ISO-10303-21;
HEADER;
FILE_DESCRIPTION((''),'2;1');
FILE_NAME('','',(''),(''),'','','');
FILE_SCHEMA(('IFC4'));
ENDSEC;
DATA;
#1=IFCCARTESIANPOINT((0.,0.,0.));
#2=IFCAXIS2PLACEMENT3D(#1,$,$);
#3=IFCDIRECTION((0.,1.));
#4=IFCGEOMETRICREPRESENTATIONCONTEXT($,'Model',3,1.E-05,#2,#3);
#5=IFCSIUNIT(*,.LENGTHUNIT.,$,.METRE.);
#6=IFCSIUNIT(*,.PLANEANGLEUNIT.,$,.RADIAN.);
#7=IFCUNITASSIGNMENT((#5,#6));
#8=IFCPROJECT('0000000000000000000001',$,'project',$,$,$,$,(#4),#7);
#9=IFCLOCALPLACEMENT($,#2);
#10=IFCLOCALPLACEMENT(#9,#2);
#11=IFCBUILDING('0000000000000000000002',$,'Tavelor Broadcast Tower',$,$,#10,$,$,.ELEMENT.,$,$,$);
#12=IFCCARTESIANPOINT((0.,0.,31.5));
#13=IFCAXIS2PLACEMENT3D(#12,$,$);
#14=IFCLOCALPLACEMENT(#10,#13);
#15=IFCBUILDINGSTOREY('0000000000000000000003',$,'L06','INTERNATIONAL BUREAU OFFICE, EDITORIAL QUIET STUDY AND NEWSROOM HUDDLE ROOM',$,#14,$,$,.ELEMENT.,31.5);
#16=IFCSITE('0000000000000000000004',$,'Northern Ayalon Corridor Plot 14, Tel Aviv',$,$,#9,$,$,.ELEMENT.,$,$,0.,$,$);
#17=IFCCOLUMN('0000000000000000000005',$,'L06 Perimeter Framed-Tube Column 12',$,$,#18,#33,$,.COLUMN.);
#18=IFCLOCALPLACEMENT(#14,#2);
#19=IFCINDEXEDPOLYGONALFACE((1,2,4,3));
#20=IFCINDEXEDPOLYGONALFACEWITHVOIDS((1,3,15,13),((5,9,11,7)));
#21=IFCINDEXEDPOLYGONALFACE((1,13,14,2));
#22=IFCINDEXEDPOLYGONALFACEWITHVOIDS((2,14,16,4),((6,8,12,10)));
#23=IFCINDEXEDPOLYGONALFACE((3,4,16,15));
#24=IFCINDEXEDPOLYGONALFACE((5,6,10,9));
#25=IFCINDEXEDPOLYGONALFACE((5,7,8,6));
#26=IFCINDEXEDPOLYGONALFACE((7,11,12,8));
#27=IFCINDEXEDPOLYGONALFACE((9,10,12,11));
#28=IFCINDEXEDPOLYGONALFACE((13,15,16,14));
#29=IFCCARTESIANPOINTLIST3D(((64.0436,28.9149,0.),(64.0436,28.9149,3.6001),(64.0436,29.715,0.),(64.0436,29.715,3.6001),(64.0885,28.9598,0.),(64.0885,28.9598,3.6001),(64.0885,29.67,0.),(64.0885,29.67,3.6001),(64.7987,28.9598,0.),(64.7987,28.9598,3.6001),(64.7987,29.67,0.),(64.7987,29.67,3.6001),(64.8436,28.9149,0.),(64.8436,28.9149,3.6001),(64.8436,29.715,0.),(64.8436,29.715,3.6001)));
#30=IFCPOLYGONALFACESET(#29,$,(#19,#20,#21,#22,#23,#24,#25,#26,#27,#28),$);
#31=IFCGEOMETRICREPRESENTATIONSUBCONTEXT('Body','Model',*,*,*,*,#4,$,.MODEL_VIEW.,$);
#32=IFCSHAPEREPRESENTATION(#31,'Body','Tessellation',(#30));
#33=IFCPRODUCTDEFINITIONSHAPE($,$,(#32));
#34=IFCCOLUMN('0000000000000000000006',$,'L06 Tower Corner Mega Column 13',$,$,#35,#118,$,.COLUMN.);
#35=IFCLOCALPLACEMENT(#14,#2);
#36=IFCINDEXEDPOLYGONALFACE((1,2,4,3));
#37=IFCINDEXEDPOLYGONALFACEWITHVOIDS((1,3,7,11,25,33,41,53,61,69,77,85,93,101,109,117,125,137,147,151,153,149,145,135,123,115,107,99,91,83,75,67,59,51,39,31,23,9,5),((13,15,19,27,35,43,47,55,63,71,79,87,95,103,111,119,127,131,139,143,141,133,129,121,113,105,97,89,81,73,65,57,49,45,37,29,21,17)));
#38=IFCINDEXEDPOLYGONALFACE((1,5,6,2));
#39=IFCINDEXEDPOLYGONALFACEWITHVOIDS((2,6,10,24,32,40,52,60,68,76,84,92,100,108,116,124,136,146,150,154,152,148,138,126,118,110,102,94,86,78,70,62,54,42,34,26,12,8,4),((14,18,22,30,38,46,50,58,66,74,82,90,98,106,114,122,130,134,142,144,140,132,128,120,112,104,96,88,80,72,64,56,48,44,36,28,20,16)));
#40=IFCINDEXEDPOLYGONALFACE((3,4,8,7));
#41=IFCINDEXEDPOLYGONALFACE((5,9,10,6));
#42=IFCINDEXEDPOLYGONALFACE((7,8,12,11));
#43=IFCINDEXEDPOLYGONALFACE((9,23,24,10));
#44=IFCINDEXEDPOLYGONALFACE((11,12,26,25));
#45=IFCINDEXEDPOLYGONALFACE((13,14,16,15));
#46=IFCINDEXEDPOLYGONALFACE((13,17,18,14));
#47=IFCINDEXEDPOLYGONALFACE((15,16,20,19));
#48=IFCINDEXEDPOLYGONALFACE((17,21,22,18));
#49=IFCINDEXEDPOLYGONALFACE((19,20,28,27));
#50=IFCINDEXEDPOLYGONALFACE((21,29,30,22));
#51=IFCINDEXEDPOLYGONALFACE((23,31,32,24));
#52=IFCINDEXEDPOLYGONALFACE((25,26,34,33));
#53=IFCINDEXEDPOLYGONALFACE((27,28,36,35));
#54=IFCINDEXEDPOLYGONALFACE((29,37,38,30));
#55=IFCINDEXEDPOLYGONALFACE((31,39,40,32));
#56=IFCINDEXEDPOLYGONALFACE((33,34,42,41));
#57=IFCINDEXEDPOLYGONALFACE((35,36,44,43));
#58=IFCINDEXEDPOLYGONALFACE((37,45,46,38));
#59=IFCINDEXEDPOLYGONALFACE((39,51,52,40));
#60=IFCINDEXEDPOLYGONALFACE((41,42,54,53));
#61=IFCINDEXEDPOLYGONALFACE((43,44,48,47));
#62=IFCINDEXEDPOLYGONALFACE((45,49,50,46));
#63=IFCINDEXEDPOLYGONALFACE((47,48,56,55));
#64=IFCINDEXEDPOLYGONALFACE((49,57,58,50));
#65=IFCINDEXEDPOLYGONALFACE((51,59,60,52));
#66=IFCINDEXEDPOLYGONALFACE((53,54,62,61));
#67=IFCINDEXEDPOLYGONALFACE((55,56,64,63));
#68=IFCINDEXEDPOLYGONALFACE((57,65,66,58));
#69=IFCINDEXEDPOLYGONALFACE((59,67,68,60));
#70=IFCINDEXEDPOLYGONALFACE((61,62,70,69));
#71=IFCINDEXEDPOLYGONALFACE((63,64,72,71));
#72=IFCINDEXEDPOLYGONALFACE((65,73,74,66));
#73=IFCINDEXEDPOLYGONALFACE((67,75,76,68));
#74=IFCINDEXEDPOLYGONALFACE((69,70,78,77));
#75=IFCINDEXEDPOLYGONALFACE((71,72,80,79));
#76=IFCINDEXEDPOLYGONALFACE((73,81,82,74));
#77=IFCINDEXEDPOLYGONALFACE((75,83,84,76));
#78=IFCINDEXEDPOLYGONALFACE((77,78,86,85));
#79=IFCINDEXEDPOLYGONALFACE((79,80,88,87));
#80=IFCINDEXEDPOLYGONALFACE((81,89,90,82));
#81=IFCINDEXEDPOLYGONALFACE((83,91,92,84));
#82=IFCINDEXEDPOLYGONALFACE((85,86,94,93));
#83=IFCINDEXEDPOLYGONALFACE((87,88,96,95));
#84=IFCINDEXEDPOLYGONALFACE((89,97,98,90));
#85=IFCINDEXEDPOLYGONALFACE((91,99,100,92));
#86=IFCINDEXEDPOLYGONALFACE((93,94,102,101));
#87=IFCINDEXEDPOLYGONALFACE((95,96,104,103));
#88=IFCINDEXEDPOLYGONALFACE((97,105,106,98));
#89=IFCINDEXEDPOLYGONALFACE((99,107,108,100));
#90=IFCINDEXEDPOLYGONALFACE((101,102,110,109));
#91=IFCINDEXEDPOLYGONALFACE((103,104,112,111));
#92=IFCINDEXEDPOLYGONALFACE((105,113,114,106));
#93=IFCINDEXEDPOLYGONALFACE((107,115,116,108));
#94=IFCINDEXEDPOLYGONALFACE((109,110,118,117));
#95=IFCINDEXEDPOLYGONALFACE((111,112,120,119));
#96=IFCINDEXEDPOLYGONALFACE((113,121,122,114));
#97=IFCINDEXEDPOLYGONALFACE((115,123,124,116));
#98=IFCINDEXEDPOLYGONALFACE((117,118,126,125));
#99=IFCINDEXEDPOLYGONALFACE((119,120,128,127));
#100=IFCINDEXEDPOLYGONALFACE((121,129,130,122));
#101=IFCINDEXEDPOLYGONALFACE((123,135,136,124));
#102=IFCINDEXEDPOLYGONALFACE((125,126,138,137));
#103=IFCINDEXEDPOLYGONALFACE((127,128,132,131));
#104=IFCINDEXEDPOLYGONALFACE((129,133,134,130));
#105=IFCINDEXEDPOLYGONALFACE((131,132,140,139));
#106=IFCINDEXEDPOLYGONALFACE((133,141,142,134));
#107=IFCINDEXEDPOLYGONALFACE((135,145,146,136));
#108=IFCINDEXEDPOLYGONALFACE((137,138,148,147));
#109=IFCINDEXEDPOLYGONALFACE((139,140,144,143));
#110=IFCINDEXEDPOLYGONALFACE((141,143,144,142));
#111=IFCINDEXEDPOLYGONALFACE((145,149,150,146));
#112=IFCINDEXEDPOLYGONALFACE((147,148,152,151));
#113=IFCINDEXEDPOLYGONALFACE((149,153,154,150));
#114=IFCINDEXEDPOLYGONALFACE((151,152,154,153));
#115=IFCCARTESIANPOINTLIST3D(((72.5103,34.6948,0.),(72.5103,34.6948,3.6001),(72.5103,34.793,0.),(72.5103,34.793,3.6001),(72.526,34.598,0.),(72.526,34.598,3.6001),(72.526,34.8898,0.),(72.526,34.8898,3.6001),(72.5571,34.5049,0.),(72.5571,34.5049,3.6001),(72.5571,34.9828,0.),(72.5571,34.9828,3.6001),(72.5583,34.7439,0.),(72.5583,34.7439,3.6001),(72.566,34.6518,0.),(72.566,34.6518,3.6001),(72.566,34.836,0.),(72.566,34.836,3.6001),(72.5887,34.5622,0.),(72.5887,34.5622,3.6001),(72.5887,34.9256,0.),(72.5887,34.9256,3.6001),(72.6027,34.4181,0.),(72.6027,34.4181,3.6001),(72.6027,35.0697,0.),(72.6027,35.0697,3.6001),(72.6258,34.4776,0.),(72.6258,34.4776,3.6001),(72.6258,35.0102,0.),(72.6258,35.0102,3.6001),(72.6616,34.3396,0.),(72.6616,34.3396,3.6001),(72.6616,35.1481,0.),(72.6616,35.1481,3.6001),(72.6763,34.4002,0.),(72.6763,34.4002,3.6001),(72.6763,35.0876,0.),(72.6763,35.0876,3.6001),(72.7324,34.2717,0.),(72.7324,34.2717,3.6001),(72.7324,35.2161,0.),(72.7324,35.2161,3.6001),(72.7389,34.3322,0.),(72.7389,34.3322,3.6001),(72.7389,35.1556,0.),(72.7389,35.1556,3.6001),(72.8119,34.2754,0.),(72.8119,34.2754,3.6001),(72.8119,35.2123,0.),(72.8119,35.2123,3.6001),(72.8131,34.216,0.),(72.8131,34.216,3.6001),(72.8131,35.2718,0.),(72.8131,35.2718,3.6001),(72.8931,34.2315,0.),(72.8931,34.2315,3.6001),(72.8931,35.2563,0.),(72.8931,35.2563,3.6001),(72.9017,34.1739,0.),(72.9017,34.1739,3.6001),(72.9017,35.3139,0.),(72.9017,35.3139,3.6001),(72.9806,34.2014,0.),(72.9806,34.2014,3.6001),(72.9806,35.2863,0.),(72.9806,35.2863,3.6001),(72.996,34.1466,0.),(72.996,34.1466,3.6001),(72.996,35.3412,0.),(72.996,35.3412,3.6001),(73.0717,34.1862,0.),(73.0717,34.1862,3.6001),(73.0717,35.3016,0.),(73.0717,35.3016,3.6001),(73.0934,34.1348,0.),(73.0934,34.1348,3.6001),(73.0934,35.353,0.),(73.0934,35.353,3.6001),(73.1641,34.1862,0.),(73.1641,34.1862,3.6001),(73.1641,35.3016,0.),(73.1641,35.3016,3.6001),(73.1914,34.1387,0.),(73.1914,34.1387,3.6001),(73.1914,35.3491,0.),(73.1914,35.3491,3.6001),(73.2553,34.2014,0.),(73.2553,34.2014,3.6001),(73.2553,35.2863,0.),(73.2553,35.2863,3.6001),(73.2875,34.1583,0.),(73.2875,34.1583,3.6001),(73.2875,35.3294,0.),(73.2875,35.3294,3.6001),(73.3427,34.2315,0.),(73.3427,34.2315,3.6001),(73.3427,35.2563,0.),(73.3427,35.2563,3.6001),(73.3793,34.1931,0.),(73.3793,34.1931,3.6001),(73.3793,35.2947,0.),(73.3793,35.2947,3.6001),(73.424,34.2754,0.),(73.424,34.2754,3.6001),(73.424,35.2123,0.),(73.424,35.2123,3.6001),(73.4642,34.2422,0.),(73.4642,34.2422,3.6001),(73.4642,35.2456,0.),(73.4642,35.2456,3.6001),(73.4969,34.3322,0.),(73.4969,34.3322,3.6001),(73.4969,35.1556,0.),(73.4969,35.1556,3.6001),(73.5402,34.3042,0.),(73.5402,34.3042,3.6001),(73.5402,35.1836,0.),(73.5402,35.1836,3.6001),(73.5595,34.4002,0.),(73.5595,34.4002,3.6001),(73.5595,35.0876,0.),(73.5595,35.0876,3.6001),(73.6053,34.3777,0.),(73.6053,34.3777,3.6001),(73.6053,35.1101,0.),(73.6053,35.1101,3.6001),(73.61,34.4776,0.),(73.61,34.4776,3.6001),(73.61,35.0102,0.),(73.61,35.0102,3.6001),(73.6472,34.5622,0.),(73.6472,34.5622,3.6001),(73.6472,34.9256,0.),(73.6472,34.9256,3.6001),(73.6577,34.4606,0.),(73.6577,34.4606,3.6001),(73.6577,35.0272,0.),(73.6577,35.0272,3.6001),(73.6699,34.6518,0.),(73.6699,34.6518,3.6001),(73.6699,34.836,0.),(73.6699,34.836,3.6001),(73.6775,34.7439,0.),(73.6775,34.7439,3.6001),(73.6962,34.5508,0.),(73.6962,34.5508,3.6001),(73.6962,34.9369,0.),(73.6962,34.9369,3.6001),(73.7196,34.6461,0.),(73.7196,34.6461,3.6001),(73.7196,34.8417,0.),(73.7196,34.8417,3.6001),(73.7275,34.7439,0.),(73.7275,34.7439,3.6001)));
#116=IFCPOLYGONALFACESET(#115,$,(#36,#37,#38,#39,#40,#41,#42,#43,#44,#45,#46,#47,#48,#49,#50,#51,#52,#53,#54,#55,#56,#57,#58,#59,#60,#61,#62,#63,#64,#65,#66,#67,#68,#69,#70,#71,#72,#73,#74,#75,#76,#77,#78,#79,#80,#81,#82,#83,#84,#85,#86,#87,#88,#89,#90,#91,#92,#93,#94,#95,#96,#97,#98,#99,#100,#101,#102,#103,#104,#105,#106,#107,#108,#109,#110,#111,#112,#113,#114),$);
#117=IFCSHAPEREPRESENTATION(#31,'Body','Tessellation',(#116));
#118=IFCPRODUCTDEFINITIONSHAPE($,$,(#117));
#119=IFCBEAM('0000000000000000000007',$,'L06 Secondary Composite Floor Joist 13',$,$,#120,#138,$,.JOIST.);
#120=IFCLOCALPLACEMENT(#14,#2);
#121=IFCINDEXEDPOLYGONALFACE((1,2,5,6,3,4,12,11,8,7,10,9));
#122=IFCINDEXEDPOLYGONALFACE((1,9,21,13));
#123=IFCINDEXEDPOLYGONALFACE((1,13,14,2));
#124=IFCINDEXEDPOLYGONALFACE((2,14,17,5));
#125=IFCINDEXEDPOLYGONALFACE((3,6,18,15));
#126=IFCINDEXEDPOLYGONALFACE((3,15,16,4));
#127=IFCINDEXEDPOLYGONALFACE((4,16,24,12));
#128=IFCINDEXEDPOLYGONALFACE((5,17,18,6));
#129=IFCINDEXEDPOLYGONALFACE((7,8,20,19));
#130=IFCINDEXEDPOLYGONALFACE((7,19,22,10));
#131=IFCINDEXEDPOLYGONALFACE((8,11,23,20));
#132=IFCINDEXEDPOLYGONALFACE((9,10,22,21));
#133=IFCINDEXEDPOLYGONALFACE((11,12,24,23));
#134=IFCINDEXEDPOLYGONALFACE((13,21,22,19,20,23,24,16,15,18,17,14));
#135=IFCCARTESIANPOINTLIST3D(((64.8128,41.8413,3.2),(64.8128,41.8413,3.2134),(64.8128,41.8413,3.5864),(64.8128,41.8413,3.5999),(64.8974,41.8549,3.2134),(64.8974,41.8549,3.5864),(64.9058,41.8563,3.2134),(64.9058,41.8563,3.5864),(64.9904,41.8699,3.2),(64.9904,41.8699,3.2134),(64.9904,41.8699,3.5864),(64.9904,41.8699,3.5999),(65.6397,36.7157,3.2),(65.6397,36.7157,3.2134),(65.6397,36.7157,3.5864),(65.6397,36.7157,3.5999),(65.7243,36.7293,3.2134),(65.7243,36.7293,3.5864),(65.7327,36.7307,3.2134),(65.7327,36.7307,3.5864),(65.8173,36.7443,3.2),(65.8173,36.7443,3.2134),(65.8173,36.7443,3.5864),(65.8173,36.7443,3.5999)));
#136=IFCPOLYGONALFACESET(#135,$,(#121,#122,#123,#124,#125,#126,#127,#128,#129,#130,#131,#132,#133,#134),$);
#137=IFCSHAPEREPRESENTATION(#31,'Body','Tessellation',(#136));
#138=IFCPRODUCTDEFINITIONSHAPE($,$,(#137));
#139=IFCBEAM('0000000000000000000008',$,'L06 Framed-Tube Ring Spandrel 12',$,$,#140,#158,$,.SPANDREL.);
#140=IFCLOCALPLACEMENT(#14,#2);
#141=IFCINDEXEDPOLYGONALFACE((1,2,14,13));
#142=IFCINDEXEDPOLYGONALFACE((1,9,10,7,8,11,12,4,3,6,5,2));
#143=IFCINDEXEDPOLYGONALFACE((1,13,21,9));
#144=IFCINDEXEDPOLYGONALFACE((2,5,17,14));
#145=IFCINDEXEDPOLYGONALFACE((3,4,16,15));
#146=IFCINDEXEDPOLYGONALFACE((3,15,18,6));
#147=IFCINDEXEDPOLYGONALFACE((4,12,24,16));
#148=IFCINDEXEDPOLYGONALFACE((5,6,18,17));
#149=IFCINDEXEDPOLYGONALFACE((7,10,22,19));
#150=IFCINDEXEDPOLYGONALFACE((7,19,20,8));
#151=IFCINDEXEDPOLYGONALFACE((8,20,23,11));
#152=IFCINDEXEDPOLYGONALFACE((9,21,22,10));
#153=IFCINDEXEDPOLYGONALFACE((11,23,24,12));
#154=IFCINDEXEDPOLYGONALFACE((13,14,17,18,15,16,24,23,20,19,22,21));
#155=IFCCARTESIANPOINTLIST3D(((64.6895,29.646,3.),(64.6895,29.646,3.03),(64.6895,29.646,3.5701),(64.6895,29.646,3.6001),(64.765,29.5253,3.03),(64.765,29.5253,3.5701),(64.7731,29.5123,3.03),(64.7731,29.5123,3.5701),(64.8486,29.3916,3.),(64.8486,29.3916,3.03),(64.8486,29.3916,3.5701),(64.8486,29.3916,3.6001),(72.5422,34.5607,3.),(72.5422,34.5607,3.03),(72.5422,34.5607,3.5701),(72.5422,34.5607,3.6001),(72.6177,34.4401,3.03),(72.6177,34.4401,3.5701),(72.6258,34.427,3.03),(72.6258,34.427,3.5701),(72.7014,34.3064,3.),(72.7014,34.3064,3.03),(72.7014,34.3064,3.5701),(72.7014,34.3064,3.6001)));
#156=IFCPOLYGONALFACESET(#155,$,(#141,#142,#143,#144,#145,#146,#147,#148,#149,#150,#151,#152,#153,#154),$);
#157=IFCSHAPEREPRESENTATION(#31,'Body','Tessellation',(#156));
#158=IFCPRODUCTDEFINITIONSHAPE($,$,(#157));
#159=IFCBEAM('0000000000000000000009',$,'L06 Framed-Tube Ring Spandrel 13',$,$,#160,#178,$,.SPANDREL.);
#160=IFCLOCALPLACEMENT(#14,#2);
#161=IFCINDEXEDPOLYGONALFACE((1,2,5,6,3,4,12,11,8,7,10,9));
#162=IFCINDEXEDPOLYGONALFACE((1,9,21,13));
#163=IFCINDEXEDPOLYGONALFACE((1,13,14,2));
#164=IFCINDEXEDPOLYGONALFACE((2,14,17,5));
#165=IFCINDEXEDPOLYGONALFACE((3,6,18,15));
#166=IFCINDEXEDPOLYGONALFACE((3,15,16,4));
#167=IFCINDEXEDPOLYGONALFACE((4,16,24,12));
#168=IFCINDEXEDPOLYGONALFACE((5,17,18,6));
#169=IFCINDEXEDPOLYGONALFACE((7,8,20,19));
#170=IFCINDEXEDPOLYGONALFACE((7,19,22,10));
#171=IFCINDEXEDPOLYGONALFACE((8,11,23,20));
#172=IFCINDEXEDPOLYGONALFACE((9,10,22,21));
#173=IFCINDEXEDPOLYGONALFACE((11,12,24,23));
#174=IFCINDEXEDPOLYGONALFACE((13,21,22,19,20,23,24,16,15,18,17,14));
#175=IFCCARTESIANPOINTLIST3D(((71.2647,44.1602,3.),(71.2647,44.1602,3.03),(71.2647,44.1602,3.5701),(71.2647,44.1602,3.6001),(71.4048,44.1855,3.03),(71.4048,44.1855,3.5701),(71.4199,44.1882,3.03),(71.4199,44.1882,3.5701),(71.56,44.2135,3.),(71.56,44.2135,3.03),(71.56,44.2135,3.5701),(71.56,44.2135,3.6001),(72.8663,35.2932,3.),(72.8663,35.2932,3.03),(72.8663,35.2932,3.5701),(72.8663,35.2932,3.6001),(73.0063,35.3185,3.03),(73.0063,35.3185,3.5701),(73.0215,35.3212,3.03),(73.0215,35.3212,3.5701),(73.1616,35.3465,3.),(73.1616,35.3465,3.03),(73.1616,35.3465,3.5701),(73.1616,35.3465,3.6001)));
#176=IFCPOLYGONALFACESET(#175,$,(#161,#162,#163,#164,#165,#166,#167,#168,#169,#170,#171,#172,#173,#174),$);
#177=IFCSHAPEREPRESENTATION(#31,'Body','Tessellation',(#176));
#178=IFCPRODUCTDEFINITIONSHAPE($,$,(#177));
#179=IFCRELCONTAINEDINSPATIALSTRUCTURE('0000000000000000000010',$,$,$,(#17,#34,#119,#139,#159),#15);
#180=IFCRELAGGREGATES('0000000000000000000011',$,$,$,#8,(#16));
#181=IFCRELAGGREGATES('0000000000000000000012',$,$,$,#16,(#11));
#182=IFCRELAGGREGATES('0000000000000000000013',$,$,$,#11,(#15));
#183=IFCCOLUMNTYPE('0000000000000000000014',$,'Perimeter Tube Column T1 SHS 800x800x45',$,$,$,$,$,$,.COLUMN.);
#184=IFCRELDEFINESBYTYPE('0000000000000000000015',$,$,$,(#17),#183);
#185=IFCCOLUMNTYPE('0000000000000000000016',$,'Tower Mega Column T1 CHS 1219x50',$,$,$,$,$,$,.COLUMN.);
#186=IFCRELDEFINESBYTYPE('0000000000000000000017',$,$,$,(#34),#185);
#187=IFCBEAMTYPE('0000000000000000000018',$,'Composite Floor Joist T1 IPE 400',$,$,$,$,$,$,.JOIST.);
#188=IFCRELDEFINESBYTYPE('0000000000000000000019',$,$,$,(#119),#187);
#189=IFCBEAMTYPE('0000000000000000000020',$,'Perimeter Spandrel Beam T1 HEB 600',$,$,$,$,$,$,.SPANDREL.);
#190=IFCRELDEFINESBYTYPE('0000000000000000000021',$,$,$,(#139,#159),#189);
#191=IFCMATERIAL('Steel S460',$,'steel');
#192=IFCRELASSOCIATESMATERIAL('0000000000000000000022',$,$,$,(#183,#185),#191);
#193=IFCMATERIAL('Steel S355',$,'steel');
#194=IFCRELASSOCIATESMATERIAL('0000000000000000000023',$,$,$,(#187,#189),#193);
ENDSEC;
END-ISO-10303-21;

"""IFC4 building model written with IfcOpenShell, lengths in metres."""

from ifc_helpers import new_model, si_unit, direction, frame, origin, origin_2d, place, context, subcontext, project, spatial, hollow_rectangle, hollow_circle, i_section, extrude, material, material_profile, profile_set, type_object, element, save


model = new_model("IFC4")

# Units and contexts
model_context = context("Model", 3, precision=1e-05, world=origin(), true_north=direction((0.0, 1.0)))
body_context = subcontext(model_context, "Body", "Model", "MODEL_VIEW")
ifc_project = project(units=[si_unit("LENGTHUNIT", "METRE"), si_unit("PLANEANGLEUNIT", "RADIAN")], contexts=[model_context])

# Site, building, storey
site_placement = place(None, origin())
site = spatial("IfcSite", under=ifc_project, at=site_placement, Name="Northern Ayalon Corridor Plot 14, Tel Aviv", CompositionType="ELEMENT", RefElevation=0.0)
building_placement = place(site_placement, origin())
building = spatial("IfcBuilding", under=site, at=building_placement, Name="Tavelor Broadcast Tower", CompositionType="ELEMENT")
storey_placement = place(building_placement, frame((0.0, 0.0, 31.5)))
storey = spatial("IfcBuildingStorey", under=building, at=storey_placement, Name="L06", Description="INTERNATIONAL BUREAU OFFICE, EDITORIAL QUIET STUDY AND NEWSROOM HUDDLE ROOM", CompositionType="ELEMENT", Elevation=31.5)

# Columns
ifc_material_1 = material(Name="Steel S460", Category="steel")
ifc_material_profile_1 = material_profile(ifc_material_1, hollow_rectangle(XDim=0.8, YDim=0.8, WallThickness=0.0449, at=origin_2d()), Name="SHS 800x800x45")
ifc_profile_set_1 = profile_set([ifc_material_profile_1], Name="Steel S460")
column_type_1 = type_object("IfcColumnType", Name="Perimeter Tube Column T1 SHS 800x800x45", PredefinedType="COLUMN", material=ifc_profile_set_1)
column_1_placement = place(storey_placement, frame((64.4436, 29.3149, 0.0), z_axis=(0.0, 0.0, 1.0), x_axis=(1.0, 0.0, 0.0)))
element("IfcColumn", 1, at=column_1_placement, inside=storey, type_object=column_type_1, Name="L06 Perimeter Framed-Tube Column 12", PredefinedType="COLUMN", context=body_context, shape_type="SweptSolid", body=[
    extrude(hollow_rectangle(XDim=0.8, YDim=0.8, WallThickness=0.0449, at=origin_2d()), origin(), (0.0, 0.0, 1.0), 3.6001),
])
ifc_material_profile_2 = material_profile(ifc_material_1, hollow_circle(Radius=0.6096, WallThickness=0.05, at=origin_2d()), Name="CHS 1219x50")
ifc_profile_set_2 = profile_set([ifc_material_profile_2], Name="Steel S460")
column_type_2 = type_object("IfcColumnType", Name="Tower Mega Column T1 CHS 1219x50", PredefinedType="COLUMN", material=ifc_profile_set_2)
column_2_placement = place(storey_placement, frame((73.1179, 34.7439, 0.0), z_axis=(0.0, 0.0, 1.0), x_axis=(1.0, 0.0, 0.0)))
element("IfcColumn", 2, at=column_2_placement, inside=storey, type_object=column_type_2, Name="L06 Tower Corner Mega Column 13", PredefinedType="COLUMN", context=body_context, shape_type="SweptSolid", body=[
    extrude(hollow_circle(Radius=0.6096, WallThickness=0.05, at=origin_2d()), origin(), (0.0, 0.0, 1.0), 3.6001),
])

# Beams
ifc_material_2 = material(Name="Steel S355", Category="steel")
ifc_material_profile_3 = material_profile(ifc_material_2, i_section(OverallWidth=0.1799, OverallDepth=0.3999, WebThickness=0.0085, FlangeThickness=0.0134, at=origin_2d()), Name="IPE 400")
ifc_profile_set_3 = profile_set([ifc_material_profile_3], Name="Steel S355")
beam_type_1 = type_object("IfcBeamType", Name="Composite Floor Joist T1 IPE 400", PredefinedType="JOIST", material=ifc_profile_set_3)
beam_1_placement = place(storey_placement, frame((65.7285, 36.73, 3.3999), z_axis=(-0.159265, 0.987236, 0.0), x_axis=(-0.987236, -0.159265, 0.0)))
element("IfcBeam", 3, at=beam_1_placement, inside=storey, type_object=beam_type_1, Name="L06 Secondary Composite Floor Joist 13", PredefinedType="JOIST", context=body_context, shape_type="SweptSolid", body=[
    extrude(i_section(OverallWidth=0.1799, OverallDepth=0.3999, WebThickness=0.0085, FlangeThickness=0.0134, at=origin_2d()), origin(), (0.0, 0.0, 1.0), 5.1919),
])
ifc_material_profile_4 = material_profile(ifc_material_2, i_section(OverallWidth=0.3, OverallDepth=0.6001, WebThickness=0.0154, FlangeThickness=0.03, at=origin_2d()), Name="HEB 600")
ifc_profile_set_4 = profile_set([ifc_material_profile_4], Name="Steel S355")
beam_type_2 = type_object("IfcBeamType", Name="Perimeter Spandrel Beam T1 HEB 600", PredefinedType="SPANDREL", material=ifc_profile_set_4)
beam_2_placement = place(storey_placement, frame((64.769, 29.5188, 3.3), z_axis=(0.847668, 0.530527, 0.0), x_axis=(-0.530527, 0.847668, 0.0)))
element("IfcBeam", 4, at=beam_2_placement, inside=storey, type_object=beam_type_2, Name="L06 Framed-Tube Ring Spandrel 12", PredefinedType="SPANDREL", context=body_context, shape_type="SweptSolid", body=[
    extrude(i_section(OverallWidth=0.3, OverallDepth=0.6001, WebThickness=0.0154, FlangeThickness=0.03, at=origin_2d()), origin(), (0.0, 0.0, 1.0), 9.2639),
])
beam_3_placement = place(storey_placement, frame((73.0139, 35.3198, 3.3), z_axis=(-0.177746, 0.984076, 0.0), x_axis=(-0.984076, -0.177746, 0.0)))
element("IfcBeam", 5, at=beam_3_placement, inside=storey, type_object=beam_type_2, Name="L06 Framed-Tube Ring Spandrel 13", PredefinedType="SPANDREL", context=body_context, shape_type="SweptSolid", body=[
    extrude(i_section(OverallWidth=0.3, OverallDepth=0.6001, WebThickness=0.0154, FlangeThickness=0.03, at=origin_2d()), origin(), (0.0, 0.0, 1.0), 9.0105),
])

save(model, "model.ifc")
